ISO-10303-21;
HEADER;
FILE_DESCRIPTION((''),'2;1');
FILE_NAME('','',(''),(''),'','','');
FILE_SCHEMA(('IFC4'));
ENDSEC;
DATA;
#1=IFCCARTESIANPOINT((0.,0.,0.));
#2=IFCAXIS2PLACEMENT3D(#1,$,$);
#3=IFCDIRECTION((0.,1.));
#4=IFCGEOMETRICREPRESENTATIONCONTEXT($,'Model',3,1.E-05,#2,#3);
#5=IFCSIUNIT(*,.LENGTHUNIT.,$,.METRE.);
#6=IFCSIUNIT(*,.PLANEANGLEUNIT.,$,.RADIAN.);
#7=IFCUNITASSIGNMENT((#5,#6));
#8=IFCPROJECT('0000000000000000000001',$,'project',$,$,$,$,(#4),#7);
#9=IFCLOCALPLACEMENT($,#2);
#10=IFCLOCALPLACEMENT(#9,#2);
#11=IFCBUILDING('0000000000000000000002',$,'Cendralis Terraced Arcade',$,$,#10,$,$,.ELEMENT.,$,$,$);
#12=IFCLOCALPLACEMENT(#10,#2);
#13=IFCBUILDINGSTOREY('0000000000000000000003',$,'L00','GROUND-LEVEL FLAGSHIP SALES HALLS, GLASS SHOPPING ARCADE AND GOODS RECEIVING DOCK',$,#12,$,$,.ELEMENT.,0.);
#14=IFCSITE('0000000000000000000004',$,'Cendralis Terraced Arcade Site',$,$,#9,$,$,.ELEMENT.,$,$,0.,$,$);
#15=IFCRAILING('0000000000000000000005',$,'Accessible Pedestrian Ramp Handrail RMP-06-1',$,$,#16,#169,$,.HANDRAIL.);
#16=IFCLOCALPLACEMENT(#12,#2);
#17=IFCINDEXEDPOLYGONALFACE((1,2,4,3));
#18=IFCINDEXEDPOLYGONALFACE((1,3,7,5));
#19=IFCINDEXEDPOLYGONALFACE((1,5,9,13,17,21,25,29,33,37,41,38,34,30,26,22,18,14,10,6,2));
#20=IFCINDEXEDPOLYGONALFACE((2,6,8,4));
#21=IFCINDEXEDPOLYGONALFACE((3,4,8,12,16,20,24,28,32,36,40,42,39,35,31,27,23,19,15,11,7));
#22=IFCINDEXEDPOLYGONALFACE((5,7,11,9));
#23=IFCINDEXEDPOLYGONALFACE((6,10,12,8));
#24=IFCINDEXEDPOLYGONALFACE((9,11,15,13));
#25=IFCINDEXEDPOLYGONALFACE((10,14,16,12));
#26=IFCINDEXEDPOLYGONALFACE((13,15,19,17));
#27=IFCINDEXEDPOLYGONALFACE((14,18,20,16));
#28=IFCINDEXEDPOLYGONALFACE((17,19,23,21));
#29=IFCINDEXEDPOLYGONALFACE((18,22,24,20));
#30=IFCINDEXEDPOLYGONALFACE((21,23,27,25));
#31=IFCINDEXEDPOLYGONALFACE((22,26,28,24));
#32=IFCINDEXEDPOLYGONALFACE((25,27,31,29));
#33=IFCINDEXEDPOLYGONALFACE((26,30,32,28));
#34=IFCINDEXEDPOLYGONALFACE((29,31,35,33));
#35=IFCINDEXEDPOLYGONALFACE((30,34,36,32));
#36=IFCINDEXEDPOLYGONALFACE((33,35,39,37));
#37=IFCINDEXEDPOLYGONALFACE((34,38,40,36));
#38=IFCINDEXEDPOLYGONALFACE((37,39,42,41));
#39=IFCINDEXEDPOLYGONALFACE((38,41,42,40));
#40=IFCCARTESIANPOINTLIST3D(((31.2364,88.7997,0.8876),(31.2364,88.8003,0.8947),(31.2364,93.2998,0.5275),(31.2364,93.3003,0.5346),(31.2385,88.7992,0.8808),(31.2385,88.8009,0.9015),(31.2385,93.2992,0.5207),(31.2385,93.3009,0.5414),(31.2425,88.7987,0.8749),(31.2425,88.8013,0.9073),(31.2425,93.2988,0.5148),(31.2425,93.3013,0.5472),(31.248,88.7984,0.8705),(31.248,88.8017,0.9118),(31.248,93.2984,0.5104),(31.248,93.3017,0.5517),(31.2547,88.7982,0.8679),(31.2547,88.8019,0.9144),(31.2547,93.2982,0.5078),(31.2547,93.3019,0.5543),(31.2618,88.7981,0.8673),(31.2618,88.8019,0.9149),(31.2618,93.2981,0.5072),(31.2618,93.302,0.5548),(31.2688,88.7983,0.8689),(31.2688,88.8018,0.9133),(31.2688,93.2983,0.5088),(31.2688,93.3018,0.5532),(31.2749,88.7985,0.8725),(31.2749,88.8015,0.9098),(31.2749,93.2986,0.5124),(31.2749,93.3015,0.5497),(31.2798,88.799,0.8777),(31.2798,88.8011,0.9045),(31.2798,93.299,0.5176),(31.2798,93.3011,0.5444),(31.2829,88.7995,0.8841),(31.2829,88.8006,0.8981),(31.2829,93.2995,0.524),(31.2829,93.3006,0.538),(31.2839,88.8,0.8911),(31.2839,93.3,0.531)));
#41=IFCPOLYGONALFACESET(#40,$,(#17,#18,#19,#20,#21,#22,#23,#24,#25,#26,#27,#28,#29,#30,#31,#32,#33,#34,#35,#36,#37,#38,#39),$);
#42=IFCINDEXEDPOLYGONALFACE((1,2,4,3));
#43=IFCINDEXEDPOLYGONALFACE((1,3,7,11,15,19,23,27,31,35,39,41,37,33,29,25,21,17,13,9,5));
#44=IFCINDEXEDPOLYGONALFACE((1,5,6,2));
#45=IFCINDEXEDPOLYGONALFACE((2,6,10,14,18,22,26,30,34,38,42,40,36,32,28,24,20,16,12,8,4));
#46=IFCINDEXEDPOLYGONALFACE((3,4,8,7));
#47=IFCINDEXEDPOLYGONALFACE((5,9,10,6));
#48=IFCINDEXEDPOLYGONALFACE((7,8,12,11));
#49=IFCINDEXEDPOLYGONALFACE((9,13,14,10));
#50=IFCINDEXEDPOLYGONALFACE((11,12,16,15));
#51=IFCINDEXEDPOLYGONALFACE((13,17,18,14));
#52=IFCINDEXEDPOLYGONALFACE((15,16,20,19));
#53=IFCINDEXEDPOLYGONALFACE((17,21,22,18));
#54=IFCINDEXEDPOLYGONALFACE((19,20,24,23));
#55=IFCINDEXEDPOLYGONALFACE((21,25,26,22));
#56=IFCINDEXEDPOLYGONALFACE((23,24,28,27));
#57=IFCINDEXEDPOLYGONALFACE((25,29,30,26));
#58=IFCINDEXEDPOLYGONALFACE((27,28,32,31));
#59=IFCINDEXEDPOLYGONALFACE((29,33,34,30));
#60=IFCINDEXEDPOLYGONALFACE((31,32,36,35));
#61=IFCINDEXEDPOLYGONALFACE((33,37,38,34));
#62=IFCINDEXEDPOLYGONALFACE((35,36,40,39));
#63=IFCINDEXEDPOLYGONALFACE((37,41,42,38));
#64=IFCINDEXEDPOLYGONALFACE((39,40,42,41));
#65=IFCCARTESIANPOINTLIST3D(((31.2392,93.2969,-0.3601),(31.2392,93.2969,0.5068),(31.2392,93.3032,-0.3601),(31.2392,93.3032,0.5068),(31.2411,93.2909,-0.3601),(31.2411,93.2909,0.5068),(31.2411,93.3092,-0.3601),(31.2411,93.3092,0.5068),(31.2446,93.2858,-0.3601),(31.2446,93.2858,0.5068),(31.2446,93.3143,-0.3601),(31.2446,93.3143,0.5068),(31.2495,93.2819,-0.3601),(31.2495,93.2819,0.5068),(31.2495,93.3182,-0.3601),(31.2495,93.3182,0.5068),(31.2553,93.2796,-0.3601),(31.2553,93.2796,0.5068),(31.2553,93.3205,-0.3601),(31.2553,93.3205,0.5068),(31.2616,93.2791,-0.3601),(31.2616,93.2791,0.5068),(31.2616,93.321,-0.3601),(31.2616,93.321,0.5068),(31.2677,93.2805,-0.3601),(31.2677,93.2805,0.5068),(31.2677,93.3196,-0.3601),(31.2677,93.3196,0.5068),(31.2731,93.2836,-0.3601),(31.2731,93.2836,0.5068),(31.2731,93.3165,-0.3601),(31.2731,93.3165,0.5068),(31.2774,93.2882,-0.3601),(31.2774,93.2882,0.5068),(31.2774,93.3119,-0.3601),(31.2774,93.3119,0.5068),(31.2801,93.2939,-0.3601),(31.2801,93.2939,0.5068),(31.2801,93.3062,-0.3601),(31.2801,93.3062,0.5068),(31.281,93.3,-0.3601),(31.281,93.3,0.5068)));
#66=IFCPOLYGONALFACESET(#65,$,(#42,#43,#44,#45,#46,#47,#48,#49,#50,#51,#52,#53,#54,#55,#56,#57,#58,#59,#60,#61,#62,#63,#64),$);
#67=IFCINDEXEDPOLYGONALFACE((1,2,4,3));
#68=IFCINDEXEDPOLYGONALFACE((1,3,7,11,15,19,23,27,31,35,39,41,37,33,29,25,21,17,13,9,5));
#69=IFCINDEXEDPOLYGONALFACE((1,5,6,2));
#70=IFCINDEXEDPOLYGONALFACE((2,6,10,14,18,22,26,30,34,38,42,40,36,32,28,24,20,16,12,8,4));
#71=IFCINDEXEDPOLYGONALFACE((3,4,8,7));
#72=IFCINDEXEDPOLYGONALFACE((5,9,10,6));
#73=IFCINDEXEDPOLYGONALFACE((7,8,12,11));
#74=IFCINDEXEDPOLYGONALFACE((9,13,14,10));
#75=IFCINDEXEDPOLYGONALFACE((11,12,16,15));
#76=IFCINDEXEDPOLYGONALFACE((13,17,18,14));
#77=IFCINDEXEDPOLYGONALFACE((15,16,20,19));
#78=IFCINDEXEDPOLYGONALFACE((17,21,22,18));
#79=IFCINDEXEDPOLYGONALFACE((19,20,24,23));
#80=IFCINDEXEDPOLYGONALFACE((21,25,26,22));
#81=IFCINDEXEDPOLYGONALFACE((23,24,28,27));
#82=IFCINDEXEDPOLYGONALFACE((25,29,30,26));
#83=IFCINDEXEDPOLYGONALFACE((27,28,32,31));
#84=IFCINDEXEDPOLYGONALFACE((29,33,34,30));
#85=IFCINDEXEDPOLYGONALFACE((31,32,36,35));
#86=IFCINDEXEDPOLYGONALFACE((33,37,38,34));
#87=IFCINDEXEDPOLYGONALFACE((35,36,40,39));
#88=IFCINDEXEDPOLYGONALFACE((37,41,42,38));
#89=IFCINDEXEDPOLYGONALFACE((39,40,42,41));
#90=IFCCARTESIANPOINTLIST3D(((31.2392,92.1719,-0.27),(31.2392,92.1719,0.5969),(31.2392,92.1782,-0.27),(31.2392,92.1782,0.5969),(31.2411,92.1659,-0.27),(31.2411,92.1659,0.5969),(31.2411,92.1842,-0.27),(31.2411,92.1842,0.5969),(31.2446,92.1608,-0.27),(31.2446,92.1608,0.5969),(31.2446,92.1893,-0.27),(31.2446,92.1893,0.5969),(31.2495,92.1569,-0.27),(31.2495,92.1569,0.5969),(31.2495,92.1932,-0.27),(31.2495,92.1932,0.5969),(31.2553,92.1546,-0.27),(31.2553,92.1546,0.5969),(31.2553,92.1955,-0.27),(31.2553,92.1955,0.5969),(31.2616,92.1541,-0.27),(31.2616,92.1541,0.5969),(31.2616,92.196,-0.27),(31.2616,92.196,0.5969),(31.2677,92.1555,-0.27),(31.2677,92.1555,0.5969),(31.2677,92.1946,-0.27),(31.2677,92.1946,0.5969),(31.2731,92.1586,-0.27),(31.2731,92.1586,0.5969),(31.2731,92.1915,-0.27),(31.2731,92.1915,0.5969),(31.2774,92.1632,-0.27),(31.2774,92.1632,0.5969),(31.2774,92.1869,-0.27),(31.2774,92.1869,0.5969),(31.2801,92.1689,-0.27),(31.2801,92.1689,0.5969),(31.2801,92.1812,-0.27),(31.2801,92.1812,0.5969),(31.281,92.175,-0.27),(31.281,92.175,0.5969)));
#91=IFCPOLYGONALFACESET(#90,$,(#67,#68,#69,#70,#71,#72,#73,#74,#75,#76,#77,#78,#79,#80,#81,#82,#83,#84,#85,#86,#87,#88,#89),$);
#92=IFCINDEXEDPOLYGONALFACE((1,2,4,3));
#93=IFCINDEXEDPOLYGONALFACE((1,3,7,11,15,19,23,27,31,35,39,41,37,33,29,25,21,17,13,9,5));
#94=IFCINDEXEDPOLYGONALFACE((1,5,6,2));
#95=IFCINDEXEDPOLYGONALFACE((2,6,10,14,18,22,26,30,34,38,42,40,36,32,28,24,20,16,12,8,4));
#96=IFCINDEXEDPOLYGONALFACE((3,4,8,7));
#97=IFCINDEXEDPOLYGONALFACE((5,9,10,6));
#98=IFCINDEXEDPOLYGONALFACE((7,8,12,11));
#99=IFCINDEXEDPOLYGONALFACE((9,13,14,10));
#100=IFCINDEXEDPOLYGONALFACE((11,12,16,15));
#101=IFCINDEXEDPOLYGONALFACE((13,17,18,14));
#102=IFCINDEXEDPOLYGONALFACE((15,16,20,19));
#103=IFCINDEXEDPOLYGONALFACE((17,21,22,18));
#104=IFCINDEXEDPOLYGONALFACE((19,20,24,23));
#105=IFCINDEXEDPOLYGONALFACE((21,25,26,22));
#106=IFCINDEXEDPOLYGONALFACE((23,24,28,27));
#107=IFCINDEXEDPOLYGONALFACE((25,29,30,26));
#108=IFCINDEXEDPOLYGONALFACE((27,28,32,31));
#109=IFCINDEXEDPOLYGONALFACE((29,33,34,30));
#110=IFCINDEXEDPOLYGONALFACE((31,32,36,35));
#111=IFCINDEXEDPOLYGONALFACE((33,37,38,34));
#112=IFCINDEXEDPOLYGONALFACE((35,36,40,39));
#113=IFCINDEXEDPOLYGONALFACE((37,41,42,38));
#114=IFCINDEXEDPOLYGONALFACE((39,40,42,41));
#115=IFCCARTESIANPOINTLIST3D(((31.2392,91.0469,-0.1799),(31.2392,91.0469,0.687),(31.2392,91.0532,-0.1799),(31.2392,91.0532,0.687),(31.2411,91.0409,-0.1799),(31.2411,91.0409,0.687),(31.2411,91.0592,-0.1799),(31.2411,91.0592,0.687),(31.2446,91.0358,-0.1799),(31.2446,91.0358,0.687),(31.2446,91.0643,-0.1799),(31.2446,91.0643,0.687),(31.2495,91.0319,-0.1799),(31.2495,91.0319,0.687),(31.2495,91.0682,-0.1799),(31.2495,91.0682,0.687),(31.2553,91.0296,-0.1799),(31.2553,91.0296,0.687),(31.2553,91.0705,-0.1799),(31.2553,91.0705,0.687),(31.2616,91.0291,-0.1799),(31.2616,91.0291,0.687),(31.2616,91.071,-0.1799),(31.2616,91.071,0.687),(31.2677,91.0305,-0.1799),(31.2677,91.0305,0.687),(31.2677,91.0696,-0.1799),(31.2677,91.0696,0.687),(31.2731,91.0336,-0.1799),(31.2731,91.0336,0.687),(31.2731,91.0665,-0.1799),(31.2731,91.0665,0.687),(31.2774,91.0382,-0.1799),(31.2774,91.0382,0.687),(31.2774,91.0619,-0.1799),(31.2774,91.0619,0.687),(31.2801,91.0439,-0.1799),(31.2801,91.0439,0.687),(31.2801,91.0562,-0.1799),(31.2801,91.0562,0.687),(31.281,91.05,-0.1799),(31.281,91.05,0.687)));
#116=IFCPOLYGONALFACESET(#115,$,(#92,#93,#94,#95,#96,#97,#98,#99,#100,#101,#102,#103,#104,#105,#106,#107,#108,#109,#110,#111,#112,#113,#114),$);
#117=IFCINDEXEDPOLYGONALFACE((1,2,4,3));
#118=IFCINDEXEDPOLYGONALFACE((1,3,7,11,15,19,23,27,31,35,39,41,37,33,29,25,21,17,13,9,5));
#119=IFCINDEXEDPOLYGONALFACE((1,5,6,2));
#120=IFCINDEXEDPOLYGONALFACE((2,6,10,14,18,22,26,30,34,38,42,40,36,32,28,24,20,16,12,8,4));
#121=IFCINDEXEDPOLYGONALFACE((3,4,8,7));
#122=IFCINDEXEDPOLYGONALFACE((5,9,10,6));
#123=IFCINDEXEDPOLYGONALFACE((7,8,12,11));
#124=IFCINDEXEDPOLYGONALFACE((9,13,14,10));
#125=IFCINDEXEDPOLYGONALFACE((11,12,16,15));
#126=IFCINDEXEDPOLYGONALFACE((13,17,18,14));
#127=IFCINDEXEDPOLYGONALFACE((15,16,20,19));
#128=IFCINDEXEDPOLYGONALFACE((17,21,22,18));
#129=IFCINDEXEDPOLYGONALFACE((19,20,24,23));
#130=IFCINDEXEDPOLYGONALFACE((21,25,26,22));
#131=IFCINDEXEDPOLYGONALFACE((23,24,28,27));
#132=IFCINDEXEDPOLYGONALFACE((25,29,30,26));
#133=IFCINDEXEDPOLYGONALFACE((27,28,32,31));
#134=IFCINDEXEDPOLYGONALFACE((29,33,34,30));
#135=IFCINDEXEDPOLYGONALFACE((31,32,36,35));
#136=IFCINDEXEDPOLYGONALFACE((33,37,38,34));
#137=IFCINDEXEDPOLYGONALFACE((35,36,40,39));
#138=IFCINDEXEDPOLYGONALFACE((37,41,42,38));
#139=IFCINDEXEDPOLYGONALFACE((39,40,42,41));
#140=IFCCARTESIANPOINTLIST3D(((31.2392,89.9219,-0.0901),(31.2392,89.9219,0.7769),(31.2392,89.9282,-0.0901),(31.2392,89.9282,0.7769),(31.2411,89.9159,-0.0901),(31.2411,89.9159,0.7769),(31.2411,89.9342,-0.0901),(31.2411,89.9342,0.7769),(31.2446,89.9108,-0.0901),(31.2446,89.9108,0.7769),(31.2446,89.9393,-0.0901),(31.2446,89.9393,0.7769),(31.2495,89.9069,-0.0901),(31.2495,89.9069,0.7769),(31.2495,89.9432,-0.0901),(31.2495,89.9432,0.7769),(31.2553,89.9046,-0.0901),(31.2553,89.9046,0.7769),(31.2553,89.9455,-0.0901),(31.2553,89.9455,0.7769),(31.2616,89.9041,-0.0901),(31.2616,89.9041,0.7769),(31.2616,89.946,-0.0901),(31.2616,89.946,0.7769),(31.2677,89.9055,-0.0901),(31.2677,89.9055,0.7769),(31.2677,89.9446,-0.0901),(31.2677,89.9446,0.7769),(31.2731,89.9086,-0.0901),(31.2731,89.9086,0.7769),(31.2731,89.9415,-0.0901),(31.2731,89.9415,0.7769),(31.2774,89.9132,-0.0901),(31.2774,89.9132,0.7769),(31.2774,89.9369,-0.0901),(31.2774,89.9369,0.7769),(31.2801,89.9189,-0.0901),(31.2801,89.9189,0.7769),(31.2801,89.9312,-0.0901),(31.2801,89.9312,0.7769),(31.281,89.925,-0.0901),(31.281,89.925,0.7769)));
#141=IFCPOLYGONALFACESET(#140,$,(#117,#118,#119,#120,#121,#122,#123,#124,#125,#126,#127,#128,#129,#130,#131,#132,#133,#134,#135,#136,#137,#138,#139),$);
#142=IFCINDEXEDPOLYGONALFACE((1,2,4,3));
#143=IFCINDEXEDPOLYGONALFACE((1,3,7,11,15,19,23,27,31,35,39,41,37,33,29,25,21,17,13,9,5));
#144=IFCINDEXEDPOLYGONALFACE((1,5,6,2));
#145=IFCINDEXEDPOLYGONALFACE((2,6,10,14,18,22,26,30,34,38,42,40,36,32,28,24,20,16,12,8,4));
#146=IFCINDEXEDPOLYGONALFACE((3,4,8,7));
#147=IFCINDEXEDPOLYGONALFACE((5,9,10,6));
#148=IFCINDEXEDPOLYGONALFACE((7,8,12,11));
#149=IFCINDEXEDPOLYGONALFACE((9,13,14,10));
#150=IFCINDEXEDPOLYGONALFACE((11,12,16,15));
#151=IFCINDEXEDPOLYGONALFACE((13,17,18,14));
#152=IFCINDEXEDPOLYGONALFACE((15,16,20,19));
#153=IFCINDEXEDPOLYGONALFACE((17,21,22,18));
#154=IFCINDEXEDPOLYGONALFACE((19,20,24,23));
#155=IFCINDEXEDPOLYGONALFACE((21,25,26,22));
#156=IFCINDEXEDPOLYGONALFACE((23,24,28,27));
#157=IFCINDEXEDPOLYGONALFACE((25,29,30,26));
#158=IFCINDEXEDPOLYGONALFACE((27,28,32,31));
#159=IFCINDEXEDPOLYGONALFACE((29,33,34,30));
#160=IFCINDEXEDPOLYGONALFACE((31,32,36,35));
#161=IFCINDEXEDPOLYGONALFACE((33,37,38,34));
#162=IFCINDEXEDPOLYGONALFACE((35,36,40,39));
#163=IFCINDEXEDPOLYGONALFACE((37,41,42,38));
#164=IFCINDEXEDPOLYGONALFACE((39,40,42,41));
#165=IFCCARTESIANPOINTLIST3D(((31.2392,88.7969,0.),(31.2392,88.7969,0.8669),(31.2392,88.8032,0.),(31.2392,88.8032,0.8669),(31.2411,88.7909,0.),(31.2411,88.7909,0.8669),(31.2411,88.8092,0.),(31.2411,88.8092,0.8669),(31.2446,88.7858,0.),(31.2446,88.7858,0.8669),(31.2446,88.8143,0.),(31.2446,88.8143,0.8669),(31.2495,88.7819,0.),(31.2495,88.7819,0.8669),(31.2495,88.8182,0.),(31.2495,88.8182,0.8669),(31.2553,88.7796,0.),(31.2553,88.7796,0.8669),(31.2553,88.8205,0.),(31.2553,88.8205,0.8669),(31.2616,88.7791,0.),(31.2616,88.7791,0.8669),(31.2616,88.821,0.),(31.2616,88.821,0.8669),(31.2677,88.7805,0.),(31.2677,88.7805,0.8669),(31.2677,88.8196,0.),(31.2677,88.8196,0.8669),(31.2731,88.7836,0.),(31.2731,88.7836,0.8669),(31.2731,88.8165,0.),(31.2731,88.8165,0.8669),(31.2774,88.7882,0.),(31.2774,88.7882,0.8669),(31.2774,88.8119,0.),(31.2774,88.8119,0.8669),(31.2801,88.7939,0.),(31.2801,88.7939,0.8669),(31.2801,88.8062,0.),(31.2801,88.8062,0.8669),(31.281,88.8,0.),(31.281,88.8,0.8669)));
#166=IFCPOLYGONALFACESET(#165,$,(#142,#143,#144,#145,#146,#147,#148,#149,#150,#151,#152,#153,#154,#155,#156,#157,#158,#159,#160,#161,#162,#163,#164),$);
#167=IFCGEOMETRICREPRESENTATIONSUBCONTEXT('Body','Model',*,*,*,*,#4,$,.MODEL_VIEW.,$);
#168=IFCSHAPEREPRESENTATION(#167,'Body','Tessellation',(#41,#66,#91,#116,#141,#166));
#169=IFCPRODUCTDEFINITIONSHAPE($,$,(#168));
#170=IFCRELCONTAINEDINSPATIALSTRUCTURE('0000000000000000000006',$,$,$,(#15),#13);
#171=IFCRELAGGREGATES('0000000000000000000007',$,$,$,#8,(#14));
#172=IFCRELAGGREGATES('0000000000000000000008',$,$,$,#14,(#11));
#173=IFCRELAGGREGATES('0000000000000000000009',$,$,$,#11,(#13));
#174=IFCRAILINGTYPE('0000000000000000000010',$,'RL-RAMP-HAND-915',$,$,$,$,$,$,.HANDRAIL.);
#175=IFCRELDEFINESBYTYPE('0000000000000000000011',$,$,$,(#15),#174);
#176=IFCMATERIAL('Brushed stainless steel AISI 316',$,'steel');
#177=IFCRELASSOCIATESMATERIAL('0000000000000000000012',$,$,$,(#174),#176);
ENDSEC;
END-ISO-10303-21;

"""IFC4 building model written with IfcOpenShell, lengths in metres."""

from ifc_helpers import new_model, si_unit, direction, frame, origin, origin_2d, place, context, subcontext, project, spatial, circle, extrude, material, type_object, element, save


model = new_model("IFC4")

# Units and contexts
model_context = context("Model", 3, precision=1e-05, world=origin(), true_north=direction((0.0, 1.0)))
body_context = subcontext(model_context, "Body", "Model", "MODEL_VIEW")
ifc_project = project(units=[si_unit("LENGTHUNIT", "METRE"), si_unit("PLANEANGLEUNIT", "RADIAN")], contexts=[model_context])

# Site, building, storey
site_placement = place(None, origin())
site = spatial("IfcSite", under=ifc_project, at=site_placement, Name="Cendralis Terraced Arcade Site", CompositionType="ELEMENT", RefElevation=0.0)
building_placement = place(site_placement, origin())
building = spatial("IfcBuilding", under=site, at=building_placement, Name="Cendralis Terraced Arcade", CompositionType="ELEMENT")
storey_placement = place(building_placement, origin())
storey = spatial("IfcBuildingStorey", under=building, at=storey_placement, Name="L00", Description="GROUND-LEVEL FLAGSHIP SALES HALLS, GLASS SHOPPING ARCADE AND GOODS RECEIVING DOCK", CompositionType="ELEMENT", Elevation=0.0)

# Railing
ifc_material_1 = material(Name="Brushed stainless steel AISI 316", Category="steel")
railing_type = type_object("IfcRailingType", Name="RL-RAMP-HAND-915", PredefinedType="HANDRAIL", material=ifc_material_1)
for number, where, name in (
    (1, (31.26, 93.3, -0.3601), "Accessible Pedestrian Ramp Handrail RMP-06-1"),
):
    element("IfcRailing", number, at=place(storey_placement, frame(where)), inside=storey, type_object=railing_type, Name=name, PredefinedType="HANDRAIL", context=body_context, shape_type="SweptSolid", body=[
        extrude(circle(Radius=0.0239, at=origin_2d()), frame((0.0, 0.0, 0.8911), z_axis=(0.0, -0.996813, 0.079769), x_axis=(1.0, 0.0, 0.0)), (0.0, 0.0, 1.0), 4.5144),
        extrude(circle(Radius=0.021, at=origin_2d()), origin(), (0.0, 0.0, 1.0), 0.8669),
        extrude(circle(Radius=0.021, at=origin_2d()), frame((0.0, -1.125, 0.0901)), (0.0, 0.0, 1.0), 0.8669),
        extrude(circle(Radius=0.021, at=origin_2d()), frame((0.0, -2.25, 0.1802)), (0.0, 0.0, 1.0), 0.8669),
        extrude(circle(Radius=0.021, at=origin_2d()), frame((0.0, -3.375, 0.27)), (0.0, 0.0, 1.0), 0.8669),
        extrude(circle(Radius=0.021, at=origin_2d()), frame((0.0, -4.5, 0.3601)), (0.0, 0.0, 1.0), 0.8669),
    ])

save(model, "model.ifc")
